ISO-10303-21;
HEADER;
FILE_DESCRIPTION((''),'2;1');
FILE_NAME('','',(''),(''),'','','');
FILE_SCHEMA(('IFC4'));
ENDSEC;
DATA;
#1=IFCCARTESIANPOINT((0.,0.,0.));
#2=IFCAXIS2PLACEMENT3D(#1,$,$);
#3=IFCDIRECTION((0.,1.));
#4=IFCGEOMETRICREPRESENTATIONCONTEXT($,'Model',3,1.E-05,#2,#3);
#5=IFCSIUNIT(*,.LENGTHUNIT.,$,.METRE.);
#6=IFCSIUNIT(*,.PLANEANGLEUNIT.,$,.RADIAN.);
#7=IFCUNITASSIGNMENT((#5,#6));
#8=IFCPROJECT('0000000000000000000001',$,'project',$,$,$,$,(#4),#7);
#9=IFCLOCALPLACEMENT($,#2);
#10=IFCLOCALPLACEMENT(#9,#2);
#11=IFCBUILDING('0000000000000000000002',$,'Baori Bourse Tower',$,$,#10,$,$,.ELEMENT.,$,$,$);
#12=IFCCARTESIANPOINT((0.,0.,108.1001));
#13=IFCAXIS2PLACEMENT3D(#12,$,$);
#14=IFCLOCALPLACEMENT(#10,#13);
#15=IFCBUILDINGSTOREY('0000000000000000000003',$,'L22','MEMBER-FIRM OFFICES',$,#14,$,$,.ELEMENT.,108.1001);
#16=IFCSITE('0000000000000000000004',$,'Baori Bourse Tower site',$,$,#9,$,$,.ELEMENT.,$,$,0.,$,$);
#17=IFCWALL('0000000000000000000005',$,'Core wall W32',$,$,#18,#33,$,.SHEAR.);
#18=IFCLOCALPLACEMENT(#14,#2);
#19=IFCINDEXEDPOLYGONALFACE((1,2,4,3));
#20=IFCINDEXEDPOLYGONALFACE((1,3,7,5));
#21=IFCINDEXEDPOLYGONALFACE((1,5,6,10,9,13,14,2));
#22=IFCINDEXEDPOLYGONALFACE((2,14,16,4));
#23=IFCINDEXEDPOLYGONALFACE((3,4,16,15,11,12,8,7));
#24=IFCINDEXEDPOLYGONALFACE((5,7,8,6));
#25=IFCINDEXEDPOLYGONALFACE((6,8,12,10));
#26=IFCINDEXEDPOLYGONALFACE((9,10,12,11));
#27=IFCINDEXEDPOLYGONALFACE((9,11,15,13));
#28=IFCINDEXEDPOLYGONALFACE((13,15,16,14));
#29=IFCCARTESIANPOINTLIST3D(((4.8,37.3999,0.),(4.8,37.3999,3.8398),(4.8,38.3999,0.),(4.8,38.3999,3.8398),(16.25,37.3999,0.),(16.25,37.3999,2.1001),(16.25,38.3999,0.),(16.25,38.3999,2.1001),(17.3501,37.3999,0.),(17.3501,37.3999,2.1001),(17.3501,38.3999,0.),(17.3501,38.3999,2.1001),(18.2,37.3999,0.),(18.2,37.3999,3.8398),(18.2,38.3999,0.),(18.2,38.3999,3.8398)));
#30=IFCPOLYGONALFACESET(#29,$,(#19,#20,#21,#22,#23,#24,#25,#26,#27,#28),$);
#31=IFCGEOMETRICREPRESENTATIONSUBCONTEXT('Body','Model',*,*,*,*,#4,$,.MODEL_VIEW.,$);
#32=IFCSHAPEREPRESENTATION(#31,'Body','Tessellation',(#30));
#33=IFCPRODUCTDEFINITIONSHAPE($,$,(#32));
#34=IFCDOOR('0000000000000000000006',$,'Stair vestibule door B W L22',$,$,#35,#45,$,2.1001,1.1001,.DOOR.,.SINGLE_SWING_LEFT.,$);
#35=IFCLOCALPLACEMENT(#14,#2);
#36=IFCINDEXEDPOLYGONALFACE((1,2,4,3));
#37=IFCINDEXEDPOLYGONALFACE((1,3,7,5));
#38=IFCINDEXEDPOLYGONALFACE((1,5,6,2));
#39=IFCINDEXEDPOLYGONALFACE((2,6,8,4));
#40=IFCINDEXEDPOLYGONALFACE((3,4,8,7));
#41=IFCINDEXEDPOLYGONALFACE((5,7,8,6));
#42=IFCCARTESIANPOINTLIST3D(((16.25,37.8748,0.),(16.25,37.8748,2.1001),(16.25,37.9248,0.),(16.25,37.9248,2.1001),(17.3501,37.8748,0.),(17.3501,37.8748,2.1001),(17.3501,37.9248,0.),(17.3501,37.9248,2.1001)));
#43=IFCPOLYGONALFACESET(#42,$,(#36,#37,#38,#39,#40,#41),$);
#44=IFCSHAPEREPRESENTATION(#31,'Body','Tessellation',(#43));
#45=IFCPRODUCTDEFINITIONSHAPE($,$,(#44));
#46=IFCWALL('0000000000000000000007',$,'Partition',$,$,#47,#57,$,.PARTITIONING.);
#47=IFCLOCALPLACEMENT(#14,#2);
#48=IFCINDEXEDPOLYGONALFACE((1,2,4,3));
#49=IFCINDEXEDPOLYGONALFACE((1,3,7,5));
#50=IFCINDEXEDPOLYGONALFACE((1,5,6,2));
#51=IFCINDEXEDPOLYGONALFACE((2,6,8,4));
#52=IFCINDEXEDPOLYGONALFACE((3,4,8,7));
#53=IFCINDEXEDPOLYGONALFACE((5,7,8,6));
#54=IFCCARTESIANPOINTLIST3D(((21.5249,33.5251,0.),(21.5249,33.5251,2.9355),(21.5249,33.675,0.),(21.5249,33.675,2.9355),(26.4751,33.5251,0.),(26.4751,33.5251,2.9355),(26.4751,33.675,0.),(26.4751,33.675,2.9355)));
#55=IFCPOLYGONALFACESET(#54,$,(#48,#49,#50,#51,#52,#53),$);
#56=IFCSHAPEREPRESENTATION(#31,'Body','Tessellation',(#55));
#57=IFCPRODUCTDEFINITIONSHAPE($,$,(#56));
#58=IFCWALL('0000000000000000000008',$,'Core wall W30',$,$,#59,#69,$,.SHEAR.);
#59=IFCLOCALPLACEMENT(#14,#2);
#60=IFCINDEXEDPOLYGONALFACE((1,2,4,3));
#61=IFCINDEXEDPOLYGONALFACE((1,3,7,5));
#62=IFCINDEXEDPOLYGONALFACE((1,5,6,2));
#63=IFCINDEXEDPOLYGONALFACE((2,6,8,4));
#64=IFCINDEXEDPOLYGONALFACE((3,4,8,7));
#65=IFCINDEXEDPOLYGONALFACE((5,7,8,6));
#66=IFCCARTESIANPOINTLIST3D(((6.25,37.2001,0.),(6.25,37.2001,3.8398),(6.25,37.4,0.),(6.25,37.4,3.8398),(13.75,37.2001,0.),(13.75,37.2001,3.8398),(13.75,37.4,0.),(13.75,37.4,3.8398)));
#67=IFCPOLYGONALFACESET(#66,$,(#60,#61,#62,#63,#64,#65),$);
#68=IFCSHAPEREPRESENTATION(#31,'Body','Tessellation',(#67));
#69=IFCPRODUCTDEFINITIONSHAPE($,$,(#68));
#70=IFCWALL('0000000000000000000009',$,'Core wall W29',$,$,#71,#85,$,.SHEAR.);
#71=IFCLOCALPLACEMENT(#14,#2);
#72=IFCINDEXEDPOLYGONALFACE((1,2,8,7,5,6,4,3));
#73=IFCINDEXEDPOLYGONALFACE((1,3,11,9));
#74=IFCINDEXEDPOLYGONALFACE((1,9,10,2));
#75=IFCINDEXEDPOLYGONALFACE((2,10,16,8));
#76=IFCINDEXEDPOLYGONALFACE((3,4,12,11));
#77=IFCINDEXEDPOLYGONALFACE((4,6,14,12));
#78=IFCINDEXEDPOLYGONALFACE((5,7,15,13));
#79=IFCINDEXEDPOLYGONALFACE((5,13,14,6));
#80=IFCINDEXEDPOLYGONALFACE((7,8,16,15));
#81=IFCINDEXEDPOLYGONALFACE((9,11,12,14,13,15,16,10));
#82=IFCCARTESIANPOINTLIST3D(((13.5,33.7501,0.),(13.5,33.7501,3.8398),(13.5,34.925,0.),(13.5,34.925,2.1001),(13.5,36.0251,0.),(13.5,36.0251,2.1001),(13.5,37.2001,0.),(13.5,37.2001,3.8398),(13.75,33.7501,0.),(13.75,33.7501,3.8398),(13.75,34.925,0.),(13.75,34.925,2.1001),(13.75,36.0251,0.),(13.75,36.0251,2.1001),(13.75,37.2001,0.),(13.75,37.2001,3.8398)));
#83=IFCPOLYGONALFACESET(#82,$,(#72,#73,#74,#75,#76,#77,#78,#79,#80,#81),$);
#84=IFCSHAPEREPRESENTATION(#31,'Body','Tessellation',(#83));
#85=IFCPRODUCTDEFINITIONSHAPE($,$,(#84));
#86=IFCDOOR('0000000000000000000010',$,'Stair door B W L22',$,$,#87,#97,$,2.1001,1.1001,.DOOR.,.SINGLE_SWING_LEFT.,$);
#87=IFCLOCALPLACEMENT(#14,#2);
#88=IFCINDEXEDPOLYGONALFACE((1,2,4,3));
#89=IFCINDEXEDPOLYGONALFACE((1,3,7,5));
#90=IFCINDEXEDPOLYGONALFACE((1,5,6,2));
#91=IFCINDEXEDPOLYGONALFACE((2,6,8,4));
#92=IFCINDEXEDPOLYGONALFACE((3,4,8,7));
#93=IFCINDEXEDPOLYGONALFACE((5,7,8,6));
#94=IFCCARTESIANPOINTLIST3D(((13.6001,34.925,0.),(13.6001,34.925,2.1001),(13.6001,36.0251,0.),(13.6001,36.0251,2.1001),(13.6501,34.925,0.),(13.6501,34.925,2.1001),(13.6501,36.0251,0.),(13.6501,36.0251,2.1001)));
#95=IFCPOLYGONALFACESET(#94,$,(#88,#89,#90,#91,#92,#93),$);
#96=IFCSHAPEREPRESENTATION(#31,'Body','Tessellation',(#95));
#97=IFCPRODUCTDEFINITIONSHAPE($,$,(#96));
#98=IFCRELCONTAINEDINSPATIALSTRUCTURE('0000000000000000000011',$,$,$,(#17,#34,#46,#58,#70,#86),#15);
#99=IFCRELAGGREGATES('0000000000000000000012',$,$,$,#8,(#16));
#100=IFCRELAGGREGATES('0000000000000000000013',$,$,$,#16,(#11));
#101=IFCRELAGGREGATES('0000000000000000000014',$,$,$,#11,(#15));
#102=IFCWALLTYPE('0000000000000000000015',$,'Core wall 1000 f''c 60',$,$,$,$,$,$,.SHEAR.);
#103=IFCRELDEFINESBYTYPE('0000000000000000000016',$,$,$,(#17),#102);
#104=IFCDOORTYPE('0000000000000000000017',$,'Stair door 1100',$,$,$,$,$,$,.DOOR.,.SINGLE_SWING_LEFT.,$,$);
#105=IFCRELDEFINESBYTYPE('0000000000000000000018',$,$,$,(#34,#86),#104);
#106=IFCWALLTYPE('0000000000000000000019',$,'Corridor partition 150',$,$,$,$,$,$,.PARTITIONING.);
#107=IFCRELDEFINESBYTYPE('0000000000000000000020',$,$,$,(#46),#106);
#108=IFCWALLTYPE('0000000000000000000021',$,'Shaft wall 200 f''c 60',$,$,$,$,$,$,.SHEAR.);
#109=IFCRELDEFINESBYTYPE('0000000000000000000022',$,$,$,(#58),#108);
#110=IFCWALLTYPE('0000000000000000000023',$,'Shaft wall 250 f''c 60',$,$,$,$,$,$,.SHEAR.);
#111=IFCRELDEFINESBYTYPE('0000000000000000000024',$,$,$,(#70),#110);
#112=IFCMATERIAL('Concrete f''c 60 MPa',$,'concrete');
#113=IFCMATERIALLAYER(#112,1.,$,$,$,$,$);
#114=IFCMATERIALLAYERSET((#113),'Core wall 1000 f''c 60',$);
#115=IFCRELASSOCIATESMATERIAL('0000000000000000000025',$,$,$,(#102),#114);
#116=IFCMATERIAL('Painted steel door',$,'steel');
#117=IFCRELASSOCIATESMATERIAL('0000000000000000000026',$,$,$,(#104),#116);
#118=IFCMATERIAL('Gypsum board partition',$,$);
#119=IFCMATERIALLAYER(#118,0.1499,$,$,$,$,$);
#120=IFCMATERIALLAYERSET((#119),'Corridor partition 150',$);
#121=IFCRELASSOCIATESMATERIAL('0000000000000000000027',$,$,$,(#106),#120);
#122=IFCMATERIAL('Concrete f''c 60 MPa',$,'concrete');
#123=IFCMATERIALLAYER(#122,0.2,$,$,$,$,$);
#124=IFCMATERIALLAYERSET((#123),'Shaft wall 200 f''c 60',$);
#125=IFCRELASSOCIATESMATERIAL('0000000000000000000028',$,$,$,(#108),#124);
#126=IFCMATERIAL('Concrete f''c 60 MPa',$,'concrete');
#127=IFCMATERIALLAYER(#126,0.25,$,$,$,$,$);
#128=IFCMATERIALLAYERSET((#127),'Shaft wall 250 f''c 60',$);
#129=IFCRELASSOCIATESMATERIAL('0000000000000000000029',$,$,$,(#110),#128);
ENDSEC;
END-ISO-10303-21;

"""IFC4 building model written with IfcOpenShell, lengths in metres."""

from ifc_helpers import new_model, si_unit, direction, frame, frame_2d, origin, place, context, subcontext, project, spatial, rectangle, extrude, material, layer, layer_set, type_object, element, fill, save


model = new_model("IFC4")

# Units and contexts
model_context = context("Model", 3, precision=1e-05, world=origin(), true_north=direction((0.0, 1.0)))
body_context = subcontext(model_context, "Body", "Model", "MODEL_VIEW")
ifc_project = project(units=[si_unit("LENGTHUNIT", "METRE"), si_unit("PLANEANGLEUNIT", "RADIAN")], contexts=[model_context])

# Site, building, storey
site_placement = place(None, origin())
site = spatial("IfcSite", under=ifc_project, at=site_placement, Name="Baori Bourse Tower site", CompositionType="ELEMENT", RefElevation=0.0)
building_placement = place(site_placement, origin())
building = spatial("IfcBuilding", under=site, at=building_placement, Name="Baori Bourse Tower", CompositionType="ELEMENT")
storey_placement = place(building_placement, frame((0.0, 0.0, 108.1001)))
storey = spatial("IfcBuildingStorey", under=building, at=storey_placement, Name="L22", Description="MEMBER-FIRM OFFICES", CompositionType="ELEMENT", Elevation=108.1001)

# Shared definitions
ifc_material_1 = material(Name="Concrete f'c 60 MPa", Category="concrete")
ifc_layer_1 = layer(ifc_material_1, 1.0)
ifc_layer_set_1 = layer_set([ifc_layer_1], Name="Core wall 1000 f'c 60")
wall_type_1 = type_object("IfcWallType", Name="Core wall 1000 f'c 60", PredefinedType="SHEAR", material=ifc_layer_set_1)

# Wall, opening, door
wall_1_placement = place(storey_placement, frame((4.8, 37.8999, 0.0), z_axis=(0.0, 0.0, 1.0), x_axis=(1.0, 0.0, 0.0)))
wall_1 = element("IfcWall", 1, at=wall_1_placement, inside=storey, type_object=wall_type_1, Name="Core wall W32", PredefinedType="SHEAR", context=body_context, shape_type="SweptSolid", body=[
    extrude(rectangle(XDim=13.3999, YDim=1.0, at=frame_2d((6.7, 0.0))), origin(), (0.0, 0.0, 1.0), 3.8398),
])
opening_1_placement = place(wall_1_placement, frame((11.45, 0.0, 0.0)))
opening_1 = element("IfcOpeningElement", 2, at=opening_1_placement, cuts=wall_1, PredefinedType="OPENING", context=body_context, shape_type="SweptSolid", body=[
    extrude(rectangle(XDim=1.1001, YDim=2.1001, at=frame_2d((0.55, 1.05))), frame((0.0, 0.51, 0.0), z_axis=(0.0, -1.0, 0.0), x_axis=(1.0, 0.0, 0.0)), (0.0, 0.0, 1.0), 1.02),
])
ifc_material_2 = material(Name="Painted steel door", Category="steel")
door_type_1 = type_object("IfcDoorType", Name="Stair door 1100", OperationType="SINGLE_SWING_LEFT", PredefinedType="DOOR", material=ifc_material_2)
door_1_placement = place(opening_1_placement, origin())
door_1 = element("IfcDoor", 3, at=door_1_placement, inside=storey, type_object=door_type_1, Name="Stair vestibule door B W L22", OperationType="SINGLE_SWING_LEFT", OverallHeight=2.1001, OverallWidth=1.1001, PredefinedType="DOOR", context=body_context, shape_type="SweptSolid", body=[
    extrude(rectangle(XDim=1.1001, YDim=2.1001, at=frame_2d((0.55, 1.05))), frame((0.0, 0.0249, 0.0), z_axis=(0.0, -1.0, 0.0), x_axis=(1.0, 0.0, 0.0)), (0.0, 0.0, 1.0), 0.05),
])
fill(opening_1, door_1)

# Walls
ifc_material_3 = material(Name="Gypsum board partition")
ifc_layer_2 = layer(ifc_material_3, 0.1499)
ifc_layer_set_2 = layer_set([ifc_layer_2], Name="Corridor partition 150")
wall_type_2 = type_object("IfcWallType", Name="Corridor partition 150", PredefinedType="PARTITIONING", material=ifc_layer_set_2)
wall_2_placement = place(storey_placement, frame((21.5249, 33.6001, 0.0), z_axis=(0.0, 0.0, 1.0), x_axis=(1.0, 0.0, 0.0)))
element("IfcWall", 4, at=wall_2_placement, inside=storey, type_object=wall_type_2, Name="Partition", PredefinedType="PARTITIONING", context=body_context, shape_type="SweptSolid", body=[
    extrude(rectangle(XDim=4.9502, YDim=0.1499, at=frame_2d((2.4751, 0.0))), origin(), (0.0, 0.0, 1.0), 2.9355),
])
ifc_material_4 = material(Name="Concrete f'c 60 MPa", Category="concrete")
ifc_layer_3 = layer(ifc_material_4, 0.2)
ifc_layer_set_3 = layer_set([ifc_layer_3], Name="Shaft wall 200 f'c 60")
wall_type_3 = type_object("IfcWallType", Name="Shaft wall 200 f'c 60", PredefinedType="SHEAR", material=ifc_layer_set_3)
wall_3_placement = place(storey_placement, frame((6.25, 37.3, 0.0), z_axis=(0.0, 0.0, 1.0), x_axis=(1.0, 0.0, 0.0)))
element("IfcWall", 5, at=wall_3_placement, inside=storey, type_object=wall_type_3, Name="Core wall W30", PredefinedType="SHEAR", context=body_context, shape_type="SweptSolid", body=[
    extrude(rectangle(XDim=7.5, YDim=0.2, at=frame_2d((3.75, 0.0))), origin(), (0.0, 0.0, 1.0), 3.8398),
])

# Wall, opening, door
ifc_material_5 = material(Name="Concrete f'c 60 MPa", Category="concrete")
ifc_layer_4 = layer(ifc_material_5, 0.25)
ifc_layer_set_4 = layer_set([ifc_layer_4], Name="Shaft wall 250 f'c 60")
wall_type_4 = type_object("IfcWallType", Name="Shaft wall 250 f'c 60", PredefinedType="SHEAR", material=ifc_layer_set_4)
wall_4_placement = place(storey_placement, frame((13.625, 33.75, 0.0), z_axis=(0.0, 0.0, 1.0), x_axis=(0.0, 1.0, 0.0)))
wall_4 = element("IfcWall", 6, at=wall_4_placement, inside=storey, type_object=wall_type_4, Name="Core wall W29", PredefinedType="SHEAR", context=body_context, shape_type="SweptSolid", body=[
    extrude(rectangle(XDim=3.45, YDim=0.25, at=frame_2d((1.7251, 0.0))), origin(), (0.0, 0.0, 1.0), 3.8398),
])
opening_2_placement = place(wall_4_placement, frame((1.175, 0.0, 0.0)))
opening_2 = element("IfcOpeningElement", 7, at=opening_2_placement, cuts=wall_4, PredefinedType="OPENING", context=body_context, shape_type="SweptSolid", body=[
    extrude(rectangle(XDim=1.1001, YDim=2.1001, at=frame_2d((0.55, 1.05))), frame((0.0, 0.135, 0.0), z_axis=(0.0, -1.0, 0.0), x_axis=(1.0, 0.0, 0.0)), (0.0, 0.0, 1.0), 0.27),
])
door_2_placement = place(opening_2_placement, origin())
door_2 = element("IfcDoor", 8, at=door_2_placement, inside=storey, type_object=door_type_1, Name="Stair door B W L22", OperationType="SINGLE_SWING_LEFT", OverallHeight=2.1001, OverallWidth=1.1001, PredefinedType="DOOR", context=body_context, shape_type="SweptSolid", body=[
    extrude(rectangle(XDim=1.1001, YDim=2.1001, at=frame_2d((0.55, 1.05))), frame((0.0, 0.0249, 0.0), z_axis=(0.0, -1.0, 0.0), x_axis=(1.0, 0.0, 0.0)), (0.0, 0.0, 1.0), 0.05),
])
fill(opening_2, door_2)

save(model, "model.ifc")
